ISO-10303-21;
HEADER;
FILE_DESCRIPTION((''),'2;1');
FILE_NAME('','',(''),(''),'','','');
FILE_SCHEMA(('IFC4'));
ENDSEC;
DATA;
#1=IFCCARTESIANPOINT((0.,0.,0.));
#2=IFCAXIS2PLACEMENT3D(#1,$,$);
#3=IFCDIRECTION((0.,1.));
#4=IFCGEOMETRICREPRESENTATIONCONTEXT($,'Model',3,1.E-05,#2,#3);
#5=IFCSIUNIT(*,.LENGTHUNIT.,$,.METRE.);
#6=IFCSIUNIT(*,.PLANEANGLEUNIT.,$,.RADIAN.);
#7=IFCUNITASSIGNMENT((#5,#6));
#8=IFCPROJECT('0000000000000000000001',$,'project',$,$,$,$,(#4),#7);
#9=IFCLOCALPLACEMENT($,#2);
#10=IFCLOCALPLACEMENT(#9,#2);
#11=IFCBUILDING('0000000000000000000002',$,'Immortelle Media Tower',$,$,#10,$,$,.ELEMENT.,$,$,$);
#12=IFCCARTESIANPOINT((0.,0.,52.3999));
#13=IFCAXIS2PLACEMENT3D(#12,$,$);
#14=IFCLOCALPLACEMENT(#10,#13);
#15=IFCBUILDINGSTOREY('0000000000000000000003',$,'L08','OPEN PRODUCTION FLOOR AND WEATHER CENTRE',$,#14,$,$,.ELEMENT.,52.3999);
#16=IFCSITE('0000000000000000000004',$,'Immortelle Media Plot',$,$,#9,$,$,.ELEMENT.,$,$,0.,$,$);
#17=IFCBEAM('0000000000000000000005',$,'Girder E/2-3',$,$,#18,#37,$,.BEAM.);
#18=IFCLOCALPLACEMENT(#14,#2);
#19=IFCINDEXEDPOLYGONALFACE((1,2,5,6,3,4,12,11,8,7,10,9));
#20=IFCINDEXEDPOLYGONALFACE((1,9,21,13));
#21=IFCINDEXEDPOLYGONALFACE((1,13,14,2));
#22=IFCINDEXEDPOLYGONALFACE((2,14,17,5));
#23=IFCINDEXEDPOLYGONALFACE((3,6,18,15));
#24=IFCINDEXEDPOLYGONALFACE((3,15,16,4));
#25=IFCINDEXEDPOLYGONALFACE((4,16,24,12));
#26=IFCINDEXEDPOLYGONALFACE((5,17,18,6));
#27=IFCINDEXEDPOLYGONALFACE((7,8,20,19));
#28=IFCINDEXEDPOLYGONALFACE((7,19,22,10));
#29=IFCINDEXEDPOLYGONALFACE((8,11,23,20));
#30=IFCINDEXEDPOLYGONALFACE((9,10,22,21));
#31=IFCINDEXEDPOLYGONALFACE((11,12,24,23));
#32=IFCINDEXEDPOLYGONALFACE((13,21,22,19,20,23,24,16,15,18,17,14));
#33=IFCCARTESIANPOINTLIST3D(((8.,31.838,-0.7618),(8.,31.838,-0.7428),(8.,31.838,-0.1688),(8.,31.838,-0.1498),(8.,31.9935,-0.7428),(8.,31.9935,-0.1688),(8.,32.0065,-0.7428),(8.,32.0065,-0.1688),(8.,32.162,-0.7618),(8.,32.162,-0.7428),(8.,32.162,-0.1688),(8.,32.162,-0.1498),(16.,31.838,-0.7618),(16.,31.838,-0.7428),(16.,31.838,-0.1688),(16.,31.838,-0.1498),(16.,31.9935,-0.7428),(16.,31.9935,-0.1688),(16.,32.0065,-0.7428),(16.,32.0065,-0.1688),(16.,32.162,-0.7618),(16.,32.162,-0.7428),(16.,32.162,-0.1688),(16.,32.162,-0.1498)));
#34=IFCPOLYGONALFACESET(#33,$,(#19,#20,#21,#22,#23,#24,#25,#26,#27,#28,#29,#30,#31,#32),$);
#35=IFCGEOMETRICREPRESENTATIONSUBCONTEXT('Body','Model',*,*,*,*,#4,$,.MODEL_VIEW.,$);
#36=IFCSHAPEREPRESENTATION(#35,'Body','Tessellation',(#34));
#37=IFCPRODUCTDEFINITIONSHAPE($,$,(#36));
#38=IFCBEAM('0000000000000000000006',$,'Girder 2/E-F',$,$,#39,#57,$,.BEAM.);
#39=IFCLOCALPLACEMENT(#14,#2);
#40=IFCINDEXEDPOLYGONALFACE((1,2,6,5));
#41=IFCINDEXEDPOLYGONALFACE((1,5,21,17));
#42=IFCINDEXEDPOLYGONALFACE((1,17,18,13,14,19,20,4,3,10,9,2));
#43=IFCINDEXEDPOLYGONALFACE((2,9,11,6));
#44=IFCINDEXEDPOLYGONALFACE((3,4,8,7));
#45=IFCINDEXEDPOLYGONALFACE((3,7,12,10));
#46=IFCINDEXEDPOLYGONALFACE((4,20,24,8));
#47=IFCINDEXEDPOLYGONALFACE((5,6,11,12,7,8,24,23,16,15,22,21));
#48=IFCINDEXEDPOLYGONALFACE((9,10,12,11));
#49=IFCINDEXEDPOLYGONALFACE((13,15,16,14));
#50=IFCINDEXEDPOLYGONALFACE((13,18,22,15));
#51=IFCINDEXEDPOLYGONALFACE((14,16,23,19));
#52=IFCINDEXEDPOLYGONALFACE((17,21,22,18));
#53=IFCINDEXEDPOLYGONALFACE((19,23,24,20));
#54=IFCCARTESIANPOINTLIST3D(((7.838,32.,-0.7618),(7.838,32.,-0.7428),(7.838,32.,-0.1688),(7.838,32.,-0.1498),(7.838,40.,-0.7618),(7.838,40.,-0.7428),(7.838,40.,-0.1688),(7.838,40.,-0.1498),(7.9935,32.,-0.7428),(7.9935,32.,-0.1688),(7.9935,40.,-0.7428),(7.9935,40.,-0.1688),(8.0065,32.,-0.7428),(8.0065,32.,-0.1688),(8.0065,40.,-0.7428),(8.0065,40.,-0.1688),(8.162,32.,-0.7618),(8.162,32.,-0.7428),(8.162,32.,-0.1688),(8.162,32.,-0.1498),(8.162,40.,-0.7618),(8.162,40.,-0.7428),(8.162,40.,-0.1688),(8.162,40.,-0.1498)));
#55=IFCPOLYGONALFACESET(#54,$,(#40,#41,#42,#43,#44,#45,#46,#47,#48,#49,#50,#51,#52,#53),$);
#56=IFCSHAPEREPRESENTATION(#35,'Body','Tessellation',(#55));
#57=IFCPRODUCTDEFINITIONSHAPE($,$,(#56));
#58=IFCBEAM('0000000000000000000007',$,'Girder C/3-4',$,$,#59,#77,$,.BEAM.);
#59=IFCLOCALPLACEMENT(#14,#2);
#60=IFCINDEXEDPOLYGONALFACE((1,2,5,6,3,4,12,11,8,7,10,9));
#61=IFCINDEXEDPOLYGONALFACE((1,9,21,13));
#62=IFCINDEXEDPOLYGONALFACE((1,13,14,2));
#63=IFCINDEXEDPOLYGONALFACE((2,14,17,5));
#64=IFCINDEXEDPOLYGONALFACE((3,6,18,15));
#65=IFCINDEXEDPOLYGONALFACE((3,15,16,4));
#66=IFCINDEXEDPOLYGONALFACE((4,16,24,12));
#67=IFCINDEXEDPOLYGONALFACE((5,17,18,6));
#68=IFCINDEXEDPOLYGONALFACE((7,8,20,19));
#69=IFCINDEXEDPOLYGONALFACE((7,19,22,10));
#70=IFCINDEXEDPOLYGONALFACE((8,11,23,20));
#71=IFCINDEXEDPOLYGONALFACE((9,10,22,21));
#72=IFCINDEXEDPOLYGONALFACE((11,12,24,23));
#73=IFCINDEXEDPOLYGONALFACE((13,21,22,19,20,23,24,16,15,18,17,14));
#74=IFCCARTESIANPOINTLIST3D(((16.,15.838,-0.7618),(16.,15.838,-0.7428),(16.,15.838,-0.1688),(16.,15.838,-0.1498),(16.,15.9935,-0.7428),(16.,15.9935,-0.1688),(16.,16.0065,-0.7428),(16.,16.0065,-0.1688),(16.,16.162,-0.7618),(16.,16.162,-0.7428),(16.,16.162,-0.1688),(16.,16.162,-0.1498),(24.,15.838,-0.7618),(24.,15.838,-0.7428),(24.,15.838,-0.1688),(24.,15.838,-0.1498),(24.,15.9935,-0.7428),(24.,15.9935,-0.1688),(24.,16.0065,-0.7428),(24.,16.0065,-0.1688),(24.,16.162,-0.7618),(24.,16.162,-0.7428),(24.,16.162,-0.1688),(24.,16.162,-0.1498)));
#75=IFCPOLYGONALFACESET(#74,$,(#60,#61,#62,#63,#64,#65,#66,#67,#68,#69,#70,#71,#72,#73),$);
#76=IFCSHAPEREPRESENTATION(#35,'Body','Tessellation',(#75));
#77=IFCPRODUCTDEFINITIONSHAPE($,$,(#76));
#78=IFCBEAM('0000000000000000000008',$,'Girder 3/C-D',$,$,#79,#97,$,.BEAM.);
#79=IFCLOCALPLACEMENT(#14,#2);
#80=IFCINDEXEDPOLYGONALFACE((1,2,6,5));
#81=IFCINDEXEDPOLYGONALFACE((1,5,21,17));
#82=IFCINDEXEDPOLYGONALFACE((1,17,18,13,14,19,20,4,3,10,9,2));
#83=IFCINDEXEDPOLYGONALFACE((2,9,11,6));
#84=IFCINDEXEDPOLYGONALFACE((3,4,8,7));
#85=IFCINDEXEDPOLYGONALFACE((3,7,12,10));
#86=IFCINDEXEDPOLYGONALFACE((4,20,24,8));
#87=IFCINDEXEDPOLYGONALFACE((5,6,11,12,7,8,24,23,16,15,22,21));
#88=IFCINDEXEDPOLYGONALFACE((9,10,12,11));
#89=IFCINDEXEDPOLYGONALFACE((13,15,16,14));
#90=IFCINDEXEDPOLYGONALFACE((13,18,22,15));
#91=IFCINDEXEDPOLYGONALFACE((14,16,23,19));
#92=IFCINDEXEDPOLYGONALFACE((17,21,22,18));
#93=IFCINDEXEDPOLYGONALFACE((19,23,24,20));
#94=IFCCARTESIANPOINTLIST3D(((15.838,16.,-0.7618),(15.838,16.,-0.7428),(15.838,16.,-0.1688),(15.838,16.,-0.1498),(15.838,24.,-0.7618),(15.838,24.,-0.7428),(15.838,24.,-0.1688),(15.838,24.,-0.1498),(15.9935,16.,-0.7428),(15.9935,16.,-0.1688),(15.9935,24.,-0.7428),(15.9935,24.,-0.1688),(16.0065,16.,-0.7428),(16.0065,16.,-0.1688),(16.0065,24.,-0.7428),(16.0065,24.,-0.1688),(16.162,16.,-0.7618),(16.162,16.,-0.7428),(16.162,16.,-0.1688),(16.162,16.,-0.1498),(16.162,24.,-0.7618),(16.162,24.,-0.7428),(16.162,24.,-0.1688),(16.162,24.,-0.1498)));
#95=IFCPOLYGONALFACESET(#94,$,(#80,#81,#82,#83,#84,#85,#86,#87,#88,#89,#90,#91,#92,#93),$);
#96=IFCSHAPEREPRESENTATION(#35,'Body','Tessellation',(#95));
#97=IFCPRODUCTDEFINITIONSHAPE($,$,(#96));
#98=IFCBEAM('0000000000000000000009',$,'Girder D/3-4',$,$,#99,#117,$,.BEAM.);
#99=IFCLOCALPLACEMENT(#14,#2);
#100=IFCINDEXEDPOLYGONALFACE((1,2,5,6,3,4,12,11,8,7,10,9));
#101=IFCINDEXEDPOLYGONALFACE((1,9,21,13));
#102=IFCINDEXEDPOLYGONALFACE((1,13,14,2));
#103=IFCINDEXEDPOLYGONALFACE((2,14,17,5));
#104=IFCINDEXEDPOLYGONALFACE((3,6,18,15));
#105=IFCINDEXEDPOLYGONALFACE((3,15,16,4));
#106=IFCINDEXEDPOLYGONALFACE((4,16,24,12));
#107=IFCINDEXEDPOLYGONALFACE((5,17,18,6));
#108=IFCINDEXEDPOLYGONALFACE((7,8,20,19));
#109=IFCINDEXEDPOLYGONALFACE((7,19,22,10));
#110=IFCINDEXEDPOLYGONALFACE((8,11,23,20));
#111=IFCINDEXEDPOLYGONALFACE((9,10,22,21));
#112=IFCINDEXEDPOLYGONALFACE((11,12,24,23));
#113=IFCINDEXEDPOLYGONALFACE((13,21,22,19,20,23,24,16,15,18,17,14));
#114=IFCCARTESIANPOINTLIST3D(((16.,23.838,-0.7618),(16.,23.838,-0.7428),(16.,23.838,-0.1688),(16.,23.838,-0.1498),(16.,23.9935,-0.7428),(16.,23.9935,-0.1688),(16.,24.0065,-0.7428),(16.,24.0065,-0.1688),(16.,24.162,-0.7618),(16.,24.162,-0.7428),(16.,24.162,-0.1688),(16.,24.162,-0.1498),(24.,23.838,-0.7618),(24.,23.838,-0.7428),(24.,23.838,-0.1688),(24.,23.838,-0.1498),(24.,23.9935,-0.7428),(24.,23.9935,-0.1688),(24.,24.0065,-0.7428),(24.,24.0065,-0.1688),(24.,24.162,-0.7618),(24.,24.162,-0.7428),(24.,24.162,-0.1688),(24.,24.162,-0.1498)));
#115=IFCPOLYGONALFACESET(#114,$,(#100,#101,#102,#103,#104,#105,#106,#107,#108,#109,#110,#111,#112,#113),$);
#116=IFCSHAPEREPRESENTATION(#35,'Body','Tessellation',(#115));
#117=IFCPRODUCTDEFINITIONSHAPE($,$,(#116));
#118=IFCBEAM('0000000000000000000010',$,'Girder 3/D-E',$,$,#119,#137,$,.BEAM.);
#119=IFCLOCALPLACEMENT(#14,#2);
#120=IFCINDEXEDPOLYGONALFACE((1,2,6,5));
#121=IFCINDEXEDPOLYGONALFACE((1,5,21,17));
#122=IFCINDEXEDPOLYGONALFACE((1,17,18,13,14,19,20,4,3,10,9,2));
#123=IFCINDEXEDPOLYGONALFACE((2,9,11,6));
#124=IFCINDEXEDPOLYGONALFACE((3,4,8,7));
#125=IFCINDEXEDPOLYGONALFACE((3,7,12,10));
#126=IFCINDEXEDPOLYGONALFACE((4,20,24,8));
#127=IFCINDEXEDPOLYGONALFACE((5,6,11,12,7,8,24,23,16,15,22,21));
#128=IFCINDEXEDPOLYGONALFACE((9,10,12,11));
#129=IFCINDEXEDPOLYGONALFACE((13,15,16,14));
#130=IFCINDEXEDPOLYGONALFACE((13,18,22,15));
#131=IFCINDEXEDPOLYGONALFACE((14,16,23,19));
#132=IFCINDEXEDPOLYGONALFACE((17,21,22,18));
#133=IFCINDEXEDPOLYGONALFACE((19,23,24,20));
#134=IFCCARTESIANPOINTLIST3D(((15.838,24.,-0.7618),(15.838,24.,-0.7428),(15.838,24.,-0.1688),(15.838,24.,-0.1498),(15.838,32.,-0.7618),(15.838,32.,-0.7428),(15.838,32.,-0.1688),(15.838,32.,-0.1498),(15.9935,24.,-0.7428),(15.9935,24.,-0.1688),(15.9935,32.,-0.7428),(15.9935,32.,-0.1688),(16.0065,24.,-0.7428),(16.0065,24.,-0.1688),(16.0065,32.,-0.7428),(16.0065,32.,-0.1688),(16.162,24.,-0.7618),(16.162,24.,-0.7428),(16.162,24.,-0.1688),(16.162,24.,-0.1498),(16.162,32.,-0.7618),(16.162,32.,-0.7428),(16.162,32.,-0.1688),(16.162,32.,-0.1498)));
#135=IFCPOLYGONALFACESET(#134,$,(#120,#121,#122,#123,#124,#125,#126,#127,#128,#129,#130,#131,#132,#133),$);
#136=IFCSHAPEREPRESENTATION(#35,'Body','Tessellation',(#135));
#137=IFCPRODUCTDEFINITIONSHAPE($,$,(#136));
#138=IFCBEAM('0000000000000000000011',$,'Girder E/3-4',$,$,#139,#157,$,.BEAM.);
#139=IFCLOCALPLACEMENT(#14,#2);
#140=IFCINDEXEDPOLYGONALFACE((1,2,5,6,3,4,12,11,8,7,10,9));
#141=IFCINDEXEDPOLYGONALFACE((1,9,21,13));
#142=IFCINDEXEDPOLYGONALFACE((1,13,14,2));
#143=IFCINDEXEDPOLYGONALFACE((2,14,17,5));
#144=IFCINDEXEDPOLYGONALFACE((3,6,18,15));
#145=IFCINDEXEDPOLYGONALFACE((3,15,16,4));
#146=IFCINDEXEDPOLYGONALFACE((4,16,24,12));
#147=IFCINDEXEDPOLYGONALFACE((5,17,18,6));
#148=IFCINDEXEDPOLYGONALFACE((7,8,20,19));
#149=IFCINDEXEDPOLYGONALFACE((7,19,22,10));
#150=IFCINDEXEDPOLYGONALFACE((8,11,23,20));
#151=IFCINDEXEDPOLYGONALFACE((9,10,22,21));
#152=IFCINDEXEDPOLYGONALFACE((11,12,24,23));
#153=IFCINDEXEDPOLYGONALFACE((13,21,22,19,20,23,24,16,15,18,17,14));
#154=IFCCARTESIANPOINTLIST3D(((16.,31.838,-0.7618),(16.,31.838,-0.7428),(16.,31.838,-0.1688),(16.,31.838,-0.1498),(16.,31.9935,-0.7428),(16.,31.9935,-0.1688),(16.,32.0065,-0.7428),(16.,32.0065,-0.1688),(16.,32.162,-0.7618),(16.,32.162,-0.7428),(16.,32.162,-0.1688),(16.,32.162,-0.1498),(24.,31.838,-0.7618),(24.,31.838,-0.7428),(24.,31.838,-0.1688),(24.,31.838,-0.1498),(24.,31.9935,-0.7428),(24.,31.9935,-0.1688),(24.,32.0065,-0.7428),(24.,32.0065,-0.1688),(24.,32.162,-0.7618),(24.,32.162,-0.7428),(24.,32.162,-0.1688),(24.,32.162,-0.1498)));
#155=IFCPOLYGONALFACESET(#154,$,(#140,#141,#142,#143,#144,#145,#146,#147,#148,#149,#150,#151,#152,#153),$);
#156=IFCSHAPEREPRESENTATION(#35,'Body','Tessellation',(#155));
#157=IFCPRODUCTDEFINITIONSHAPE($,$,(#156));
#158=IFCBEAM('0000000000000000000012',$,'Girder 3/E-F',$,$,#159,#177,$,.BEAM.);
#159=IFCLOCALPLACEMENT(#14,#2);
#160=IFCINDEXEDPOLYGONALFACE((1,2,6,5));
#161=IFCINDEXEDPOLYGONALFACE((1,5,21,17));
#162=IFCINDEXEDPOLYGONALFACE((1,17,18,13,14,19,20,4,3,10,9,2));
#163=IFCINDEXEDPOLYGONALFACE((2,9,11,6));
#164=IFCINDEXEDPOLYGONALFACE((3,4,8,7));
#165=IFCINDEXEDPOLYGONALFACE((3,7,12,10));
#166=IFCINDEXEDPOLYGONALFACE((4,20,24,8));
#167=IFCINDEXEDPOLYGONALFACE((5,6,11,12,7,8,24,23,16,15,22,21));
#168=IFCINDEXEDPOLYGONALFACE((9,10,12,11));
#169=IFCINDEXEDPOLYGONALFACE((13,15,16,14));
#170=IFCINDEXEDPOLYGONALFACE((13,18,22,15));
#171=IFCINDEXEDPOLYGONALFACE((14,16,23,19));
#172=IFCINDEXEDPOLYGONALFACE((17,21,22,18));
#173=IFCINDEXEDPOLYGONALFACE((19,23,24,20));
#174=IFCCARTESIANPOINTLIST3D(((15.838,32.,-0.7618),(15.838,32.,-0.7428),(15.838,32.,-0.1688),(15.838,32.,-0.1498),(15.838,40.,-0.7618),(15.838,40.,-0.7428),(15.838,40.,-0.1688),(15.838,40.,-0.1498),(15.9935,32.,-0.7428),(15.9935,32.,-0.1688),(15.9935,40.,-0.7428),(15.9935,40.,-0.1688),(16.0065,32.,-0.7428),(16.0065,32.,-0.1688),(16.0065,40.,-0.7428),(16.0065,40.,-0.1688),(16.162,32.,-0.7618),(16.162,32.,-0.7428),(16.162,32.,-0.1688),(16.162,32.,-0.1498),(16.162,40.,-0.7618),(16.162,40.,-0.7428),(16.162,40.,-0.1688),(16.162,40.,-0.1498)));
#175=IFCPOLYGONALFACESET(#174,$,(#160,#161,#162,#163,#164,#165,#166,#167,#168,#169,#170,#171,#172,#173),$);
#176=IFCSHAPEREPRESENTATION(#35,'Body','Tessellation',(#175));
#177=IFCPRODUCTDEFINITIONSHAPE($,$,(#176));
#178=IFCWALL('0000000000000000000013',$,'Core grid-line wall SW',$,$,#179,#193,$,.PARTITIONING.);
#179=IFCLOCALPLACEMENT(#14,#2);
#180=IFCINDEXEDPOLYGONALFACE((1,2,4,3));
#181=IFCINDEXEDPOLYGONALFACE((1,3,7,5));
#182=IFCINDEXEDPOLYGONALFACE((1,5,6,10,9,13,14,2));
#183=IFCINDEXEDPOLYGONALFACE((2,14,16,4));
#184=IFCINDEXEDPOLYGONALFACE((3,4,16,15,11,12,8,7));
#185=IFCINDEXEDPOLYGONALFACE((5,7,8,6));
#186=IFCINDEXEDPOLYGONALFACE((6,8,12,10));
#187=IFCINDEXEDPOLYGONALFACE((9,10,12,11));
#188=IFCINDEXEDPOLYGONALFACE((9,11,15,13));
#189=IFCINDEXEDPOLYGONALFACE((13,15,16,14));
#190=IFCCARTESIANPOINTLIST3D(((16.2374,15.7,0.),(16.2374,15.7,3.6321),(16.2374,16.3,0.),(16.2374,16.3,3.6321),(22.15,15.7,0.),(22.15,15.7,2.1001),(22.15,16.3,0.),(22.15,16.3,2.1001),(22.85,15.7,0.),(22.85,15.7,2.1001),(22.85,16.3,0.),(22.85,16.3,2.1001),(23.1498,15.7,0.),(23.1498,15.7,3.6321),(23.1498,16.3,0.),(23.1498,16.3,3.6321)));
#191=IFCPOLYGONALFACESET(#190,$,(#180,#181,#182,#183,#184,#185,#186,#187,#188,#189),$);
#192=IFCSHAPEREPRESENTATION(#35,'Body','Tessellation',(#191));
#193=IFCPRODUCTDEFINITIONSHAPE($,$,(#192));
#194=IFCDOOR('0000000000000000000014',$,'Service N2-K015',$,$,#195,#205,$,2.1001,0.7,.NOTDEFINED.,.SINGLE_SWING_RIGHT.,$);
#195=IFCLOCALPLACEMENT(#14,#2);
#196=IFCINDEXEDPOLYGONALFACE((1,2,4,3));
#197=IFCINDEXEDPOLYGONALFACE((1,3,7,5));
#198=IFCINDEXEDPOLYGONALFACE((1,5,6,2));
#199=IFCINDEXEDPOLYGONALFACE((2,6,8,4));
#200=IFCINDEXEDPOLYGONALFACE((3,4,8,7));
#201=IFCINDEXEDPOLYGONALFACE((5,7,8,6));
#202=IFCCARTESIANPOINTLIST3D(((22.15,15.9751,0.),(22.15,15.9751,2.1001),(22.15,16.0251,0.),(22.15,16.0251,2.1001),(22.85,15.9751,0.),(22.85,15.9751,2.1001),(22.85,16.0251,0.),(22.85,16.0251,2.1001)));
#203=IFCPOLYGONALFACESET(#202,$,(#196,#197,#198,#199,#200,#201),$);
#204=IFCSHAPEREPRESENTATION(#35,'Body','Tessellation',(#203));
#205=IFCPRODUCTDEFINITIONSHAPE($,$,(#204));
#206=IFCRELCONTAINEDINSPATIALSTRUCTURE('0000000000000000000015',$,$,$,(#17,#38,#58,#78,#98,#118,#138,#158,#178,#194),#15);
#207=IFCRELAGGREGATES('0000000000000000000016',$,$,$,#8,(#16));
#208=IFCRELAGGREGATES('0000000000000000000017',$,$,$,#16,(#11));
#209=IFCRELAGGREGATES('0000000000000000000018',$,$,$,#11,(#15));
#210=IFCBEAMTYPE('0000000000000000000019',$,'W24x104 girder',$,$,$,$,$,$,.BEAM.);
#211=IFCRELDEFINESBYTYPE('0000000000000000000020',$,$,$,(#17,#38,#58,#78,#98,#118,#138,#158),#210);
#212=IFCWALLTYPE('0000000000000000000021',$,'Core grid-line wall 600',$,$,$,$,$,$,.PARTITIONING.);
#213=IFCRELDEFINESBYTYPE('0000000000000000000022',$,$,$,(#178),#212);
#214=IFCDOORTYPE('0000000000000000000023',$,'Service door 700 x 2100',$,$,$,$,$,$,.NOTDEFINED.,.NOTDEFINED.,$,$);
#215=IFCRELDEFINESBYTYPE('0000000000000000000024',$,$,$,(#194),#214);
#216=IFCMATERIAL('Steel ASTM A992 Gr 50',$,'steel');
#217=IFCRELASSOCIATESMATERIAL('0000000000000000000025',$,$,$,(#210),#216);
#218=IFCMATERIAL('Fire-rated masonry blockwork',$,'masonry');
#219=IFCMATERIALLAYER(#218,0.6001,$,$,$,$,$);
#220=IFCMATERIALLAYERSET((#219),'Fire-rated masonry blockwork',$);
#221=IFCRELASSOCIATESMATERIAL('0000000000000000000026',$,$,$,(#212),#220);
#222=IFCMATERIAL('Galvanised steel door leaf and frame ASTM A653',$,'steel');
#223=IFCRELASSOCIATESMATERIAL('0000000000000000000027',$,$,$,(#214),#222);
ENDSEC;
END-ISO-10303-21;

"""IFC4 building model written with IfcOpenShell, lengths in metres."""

from ifc_helpers import new_model, si_unit, direction, frame, frame_2d, origin, origin_2d, place, context, subcontext, project, spatial, rectangle, i_section, extrude, material, layer, layer_set, material_profile, profile_set, type_object, element, fill, save


model = new_model("IFC4")

# Units and contexts
model_context = context("Model", 3, precision=1e-05, world=origin(), true_north=direction((0.0, 1.0)))
body_context = subcontext(model_context, "Body", "Model", "MODEL_VIEW")
ifc_project = project(units=[si_unit("LENGTHUNIT", "METRE"), si_unit("PLANEANGLEUNIT", "RADIAN")], contexts=[model_context])

# Site, building, storey
site_placement = place(None, origin())
site = spatial("IfcSite", under=ifc_project, at=site_placement, Name="Immortelle Media Plot", CompositionType="ELEMENT", RefElevation=0.0)
building_placement = place(site_placement, origin())
building = spatial("IfcBuilding", under=site, at=building_placement, Name="Immortelle Media Tower", CompositionType="ELEMENT")
storey_placement = place(building_placement, frame((0.0, 0.0, 52.3999)))
storey = spatial("IfcBuildingStorey", under=building, at=storey_placement, Name="L08", Description="OPEN PRODUCTION FLOOR AND WEATHER CENTRE", CompositionType="ELEMENT", Elevation=52.3999)

# Shared definitions
ifc_material_1 = material(Name="Steel ASTM A992 Gr 50", Category="steel")

# Beams
ifc_material_profile_1 = material_profile(ifc_material_1, i_section(OverallWidth=0.324, OverallDepth=0.6121, WebThickness=0.0129, FlangeThickness=0.019, at=origin_2d()), Name="W24x104")
ifc_profile_set_1 = profile_set([ifc_material_profile_1], Name="Steel ASTM A992 Gr 50")
beam_type_1 = type_object("IfcBeamType", Name="W24x104 girder", PredefinedType="BEAM", material=ifc_profile_set_1)
for number, where, z_axis, x_axis, name in (
    (1, (8.0, 32.0, -0.4558), (1.0, 0.0, 0.0), (0.0, 1.0, 0.0), "Girder E/2-3"),
    (2, (8.0, 32.0, -0.4558), (0.0, 1.0, 0.0), (-1.0, 0.0, 0.0), "Girder 2/E-F"),
    (3, (16.0, 16.0, -0.4558), (1.0, 0.0, 0.0), (0.0, 1.0, 0.0), "Girder C/3-4"),
    (4, (16.0, 16.0, -0.4558), (0.0, 1.0, 0.0), (-1.0, 0.0, 0.0), "Girder 3/C-D"),
    (5, (16.0, 24.0, -0.4558), (1.0, 0.0, 0.0), (0.0, 1.0, 0.0), "Girder D/3-4"),
    (6, (16.0, 24.0, -0.4558), (0.0, 1.0, 0.0), (-1.0, 0.0, 0.0), "Girder 3/D-E"),
    (7, (16.0, 32.0, -0.4558), (1.0, 0.0, 0.0), (0.0, 1.0, 0.0), "Girder E/3-4"),
    (8, (16.0, 32.0, -0.4558), (0.0, 1.0, 0.0), (-1.0, 0.0, 0.0), "Girder 3/E-F"),
):
    element("IfcBeam", number, at=place(storey_placement, frame(where, z_axis=z_axis, x_axis=x_axis)), inside=storey, type_object=beam_type_1, Name=name, PredefinedType="BEAM", context=body_context, shape_type="SweptSolid", body=[
        extrude(i_section(OverallWidth=0.324, OverallDepth=0.6121, WebThickness=0.0129, FlangeThickness=0.019, at=origin_2d()), origin(), (0.0, 0.0, 1.0), 8.0),
    ])

# Wall, opening, door
ifc_material_2 = material(Name="Fire-rated masonry blockwork", Category="masonry")
ifc_layer_1 = layer(ifc_material_2, 0.6001)
ifc_layer_set_1 = layer_set([ifc_layer_1], Name="Fire-rated masonry blockwork")
wall_type_1 = type_object("IfcWallType", Name="Core grid-line wall 600", PredefinedType="PARTITIONING", material=ifc_layer_set_1)
wall_1_placement = place(storey_placement, frame((16.2375, 16.0, 0.0), z_axis=(0.0, 0.0, 1.0), x_axis=(1.0, 0.0, 0.0)))
wall_1 = element("IfcWall", 9, at=wall_1_placement, inside=storey, type_object=wall_type_1, Name="Core grid-line wall SW", PredefinedType="PARTITIONING", context=body_context, shape_type="SweptSolid", body=[
    extrude(rectangle(XDim=6.9124, YDim=0.6001, at=frame_2d((3.4561, 0.0))), origin(), (0.0, 0.0, 1.0), 3.6321),
])
opening_1_placement = place(wall_1_placement, frame((6.6125, 0.0, 0.0), z_axis=(0.0, 0.0, 1.0), x_axis=(-1.0, 0.0, 0.0)))
opening_1 = element("IfcOpeningElement", 10, at=opening_1_placement, cuts=wall_1, PredefinedType="OPENING", context=body_context, shape_type="SweptSolid", body=[
    extrude(rectangle(XDim=0.7, YDim=2.1001, at=frame_2d((0.3501, 1.05))), frame((0.0, 0.3101, 0.0), z_axis=(0.0, -1.0, 0.0), x_axis=(1.0, 0.0, 0.0)), (0.0, 0.0, 1.0), 0.6201),
])
ifc_material_3 = material(Name="Galvanised steel door leaf and frame ASTM A653", Category="steel")
door_type_1 = type_object("IfcDoorType", Name="Service door 700 x 2100", OperationType="NOTDEFINED", PredefinedType="NOTDEFINED", material=ifc_material_3)
door_1_placement = place(opening_1_placement, origin())
door_1 = element("IfcDoor", 11, at=door_1_placement, inside=storey, type_object=door_type_1, Name="Service N2-K015", OperationType="SINGLE_SWING_RIGHT", OverallHeight=2.1001, OverallWidth=0.7, PredefinedType="NOTDEFINED", context=body_context, shape_type="SweptSolid", body=[
    extrude(rectangle(XDim=0.7, YDim=2.1001, at=frame_2d((0.3501, 1.05))), frame((0.0, 0.0249, 0.0), z_axis=(0.0, -1.0, 0.0), x_axis=(1.0, 0.0, 0.0)), (0.0, 0.0, 1.0), 0.05),
])
fill(opening_1, door_1)

save(model, "model.ifc")
